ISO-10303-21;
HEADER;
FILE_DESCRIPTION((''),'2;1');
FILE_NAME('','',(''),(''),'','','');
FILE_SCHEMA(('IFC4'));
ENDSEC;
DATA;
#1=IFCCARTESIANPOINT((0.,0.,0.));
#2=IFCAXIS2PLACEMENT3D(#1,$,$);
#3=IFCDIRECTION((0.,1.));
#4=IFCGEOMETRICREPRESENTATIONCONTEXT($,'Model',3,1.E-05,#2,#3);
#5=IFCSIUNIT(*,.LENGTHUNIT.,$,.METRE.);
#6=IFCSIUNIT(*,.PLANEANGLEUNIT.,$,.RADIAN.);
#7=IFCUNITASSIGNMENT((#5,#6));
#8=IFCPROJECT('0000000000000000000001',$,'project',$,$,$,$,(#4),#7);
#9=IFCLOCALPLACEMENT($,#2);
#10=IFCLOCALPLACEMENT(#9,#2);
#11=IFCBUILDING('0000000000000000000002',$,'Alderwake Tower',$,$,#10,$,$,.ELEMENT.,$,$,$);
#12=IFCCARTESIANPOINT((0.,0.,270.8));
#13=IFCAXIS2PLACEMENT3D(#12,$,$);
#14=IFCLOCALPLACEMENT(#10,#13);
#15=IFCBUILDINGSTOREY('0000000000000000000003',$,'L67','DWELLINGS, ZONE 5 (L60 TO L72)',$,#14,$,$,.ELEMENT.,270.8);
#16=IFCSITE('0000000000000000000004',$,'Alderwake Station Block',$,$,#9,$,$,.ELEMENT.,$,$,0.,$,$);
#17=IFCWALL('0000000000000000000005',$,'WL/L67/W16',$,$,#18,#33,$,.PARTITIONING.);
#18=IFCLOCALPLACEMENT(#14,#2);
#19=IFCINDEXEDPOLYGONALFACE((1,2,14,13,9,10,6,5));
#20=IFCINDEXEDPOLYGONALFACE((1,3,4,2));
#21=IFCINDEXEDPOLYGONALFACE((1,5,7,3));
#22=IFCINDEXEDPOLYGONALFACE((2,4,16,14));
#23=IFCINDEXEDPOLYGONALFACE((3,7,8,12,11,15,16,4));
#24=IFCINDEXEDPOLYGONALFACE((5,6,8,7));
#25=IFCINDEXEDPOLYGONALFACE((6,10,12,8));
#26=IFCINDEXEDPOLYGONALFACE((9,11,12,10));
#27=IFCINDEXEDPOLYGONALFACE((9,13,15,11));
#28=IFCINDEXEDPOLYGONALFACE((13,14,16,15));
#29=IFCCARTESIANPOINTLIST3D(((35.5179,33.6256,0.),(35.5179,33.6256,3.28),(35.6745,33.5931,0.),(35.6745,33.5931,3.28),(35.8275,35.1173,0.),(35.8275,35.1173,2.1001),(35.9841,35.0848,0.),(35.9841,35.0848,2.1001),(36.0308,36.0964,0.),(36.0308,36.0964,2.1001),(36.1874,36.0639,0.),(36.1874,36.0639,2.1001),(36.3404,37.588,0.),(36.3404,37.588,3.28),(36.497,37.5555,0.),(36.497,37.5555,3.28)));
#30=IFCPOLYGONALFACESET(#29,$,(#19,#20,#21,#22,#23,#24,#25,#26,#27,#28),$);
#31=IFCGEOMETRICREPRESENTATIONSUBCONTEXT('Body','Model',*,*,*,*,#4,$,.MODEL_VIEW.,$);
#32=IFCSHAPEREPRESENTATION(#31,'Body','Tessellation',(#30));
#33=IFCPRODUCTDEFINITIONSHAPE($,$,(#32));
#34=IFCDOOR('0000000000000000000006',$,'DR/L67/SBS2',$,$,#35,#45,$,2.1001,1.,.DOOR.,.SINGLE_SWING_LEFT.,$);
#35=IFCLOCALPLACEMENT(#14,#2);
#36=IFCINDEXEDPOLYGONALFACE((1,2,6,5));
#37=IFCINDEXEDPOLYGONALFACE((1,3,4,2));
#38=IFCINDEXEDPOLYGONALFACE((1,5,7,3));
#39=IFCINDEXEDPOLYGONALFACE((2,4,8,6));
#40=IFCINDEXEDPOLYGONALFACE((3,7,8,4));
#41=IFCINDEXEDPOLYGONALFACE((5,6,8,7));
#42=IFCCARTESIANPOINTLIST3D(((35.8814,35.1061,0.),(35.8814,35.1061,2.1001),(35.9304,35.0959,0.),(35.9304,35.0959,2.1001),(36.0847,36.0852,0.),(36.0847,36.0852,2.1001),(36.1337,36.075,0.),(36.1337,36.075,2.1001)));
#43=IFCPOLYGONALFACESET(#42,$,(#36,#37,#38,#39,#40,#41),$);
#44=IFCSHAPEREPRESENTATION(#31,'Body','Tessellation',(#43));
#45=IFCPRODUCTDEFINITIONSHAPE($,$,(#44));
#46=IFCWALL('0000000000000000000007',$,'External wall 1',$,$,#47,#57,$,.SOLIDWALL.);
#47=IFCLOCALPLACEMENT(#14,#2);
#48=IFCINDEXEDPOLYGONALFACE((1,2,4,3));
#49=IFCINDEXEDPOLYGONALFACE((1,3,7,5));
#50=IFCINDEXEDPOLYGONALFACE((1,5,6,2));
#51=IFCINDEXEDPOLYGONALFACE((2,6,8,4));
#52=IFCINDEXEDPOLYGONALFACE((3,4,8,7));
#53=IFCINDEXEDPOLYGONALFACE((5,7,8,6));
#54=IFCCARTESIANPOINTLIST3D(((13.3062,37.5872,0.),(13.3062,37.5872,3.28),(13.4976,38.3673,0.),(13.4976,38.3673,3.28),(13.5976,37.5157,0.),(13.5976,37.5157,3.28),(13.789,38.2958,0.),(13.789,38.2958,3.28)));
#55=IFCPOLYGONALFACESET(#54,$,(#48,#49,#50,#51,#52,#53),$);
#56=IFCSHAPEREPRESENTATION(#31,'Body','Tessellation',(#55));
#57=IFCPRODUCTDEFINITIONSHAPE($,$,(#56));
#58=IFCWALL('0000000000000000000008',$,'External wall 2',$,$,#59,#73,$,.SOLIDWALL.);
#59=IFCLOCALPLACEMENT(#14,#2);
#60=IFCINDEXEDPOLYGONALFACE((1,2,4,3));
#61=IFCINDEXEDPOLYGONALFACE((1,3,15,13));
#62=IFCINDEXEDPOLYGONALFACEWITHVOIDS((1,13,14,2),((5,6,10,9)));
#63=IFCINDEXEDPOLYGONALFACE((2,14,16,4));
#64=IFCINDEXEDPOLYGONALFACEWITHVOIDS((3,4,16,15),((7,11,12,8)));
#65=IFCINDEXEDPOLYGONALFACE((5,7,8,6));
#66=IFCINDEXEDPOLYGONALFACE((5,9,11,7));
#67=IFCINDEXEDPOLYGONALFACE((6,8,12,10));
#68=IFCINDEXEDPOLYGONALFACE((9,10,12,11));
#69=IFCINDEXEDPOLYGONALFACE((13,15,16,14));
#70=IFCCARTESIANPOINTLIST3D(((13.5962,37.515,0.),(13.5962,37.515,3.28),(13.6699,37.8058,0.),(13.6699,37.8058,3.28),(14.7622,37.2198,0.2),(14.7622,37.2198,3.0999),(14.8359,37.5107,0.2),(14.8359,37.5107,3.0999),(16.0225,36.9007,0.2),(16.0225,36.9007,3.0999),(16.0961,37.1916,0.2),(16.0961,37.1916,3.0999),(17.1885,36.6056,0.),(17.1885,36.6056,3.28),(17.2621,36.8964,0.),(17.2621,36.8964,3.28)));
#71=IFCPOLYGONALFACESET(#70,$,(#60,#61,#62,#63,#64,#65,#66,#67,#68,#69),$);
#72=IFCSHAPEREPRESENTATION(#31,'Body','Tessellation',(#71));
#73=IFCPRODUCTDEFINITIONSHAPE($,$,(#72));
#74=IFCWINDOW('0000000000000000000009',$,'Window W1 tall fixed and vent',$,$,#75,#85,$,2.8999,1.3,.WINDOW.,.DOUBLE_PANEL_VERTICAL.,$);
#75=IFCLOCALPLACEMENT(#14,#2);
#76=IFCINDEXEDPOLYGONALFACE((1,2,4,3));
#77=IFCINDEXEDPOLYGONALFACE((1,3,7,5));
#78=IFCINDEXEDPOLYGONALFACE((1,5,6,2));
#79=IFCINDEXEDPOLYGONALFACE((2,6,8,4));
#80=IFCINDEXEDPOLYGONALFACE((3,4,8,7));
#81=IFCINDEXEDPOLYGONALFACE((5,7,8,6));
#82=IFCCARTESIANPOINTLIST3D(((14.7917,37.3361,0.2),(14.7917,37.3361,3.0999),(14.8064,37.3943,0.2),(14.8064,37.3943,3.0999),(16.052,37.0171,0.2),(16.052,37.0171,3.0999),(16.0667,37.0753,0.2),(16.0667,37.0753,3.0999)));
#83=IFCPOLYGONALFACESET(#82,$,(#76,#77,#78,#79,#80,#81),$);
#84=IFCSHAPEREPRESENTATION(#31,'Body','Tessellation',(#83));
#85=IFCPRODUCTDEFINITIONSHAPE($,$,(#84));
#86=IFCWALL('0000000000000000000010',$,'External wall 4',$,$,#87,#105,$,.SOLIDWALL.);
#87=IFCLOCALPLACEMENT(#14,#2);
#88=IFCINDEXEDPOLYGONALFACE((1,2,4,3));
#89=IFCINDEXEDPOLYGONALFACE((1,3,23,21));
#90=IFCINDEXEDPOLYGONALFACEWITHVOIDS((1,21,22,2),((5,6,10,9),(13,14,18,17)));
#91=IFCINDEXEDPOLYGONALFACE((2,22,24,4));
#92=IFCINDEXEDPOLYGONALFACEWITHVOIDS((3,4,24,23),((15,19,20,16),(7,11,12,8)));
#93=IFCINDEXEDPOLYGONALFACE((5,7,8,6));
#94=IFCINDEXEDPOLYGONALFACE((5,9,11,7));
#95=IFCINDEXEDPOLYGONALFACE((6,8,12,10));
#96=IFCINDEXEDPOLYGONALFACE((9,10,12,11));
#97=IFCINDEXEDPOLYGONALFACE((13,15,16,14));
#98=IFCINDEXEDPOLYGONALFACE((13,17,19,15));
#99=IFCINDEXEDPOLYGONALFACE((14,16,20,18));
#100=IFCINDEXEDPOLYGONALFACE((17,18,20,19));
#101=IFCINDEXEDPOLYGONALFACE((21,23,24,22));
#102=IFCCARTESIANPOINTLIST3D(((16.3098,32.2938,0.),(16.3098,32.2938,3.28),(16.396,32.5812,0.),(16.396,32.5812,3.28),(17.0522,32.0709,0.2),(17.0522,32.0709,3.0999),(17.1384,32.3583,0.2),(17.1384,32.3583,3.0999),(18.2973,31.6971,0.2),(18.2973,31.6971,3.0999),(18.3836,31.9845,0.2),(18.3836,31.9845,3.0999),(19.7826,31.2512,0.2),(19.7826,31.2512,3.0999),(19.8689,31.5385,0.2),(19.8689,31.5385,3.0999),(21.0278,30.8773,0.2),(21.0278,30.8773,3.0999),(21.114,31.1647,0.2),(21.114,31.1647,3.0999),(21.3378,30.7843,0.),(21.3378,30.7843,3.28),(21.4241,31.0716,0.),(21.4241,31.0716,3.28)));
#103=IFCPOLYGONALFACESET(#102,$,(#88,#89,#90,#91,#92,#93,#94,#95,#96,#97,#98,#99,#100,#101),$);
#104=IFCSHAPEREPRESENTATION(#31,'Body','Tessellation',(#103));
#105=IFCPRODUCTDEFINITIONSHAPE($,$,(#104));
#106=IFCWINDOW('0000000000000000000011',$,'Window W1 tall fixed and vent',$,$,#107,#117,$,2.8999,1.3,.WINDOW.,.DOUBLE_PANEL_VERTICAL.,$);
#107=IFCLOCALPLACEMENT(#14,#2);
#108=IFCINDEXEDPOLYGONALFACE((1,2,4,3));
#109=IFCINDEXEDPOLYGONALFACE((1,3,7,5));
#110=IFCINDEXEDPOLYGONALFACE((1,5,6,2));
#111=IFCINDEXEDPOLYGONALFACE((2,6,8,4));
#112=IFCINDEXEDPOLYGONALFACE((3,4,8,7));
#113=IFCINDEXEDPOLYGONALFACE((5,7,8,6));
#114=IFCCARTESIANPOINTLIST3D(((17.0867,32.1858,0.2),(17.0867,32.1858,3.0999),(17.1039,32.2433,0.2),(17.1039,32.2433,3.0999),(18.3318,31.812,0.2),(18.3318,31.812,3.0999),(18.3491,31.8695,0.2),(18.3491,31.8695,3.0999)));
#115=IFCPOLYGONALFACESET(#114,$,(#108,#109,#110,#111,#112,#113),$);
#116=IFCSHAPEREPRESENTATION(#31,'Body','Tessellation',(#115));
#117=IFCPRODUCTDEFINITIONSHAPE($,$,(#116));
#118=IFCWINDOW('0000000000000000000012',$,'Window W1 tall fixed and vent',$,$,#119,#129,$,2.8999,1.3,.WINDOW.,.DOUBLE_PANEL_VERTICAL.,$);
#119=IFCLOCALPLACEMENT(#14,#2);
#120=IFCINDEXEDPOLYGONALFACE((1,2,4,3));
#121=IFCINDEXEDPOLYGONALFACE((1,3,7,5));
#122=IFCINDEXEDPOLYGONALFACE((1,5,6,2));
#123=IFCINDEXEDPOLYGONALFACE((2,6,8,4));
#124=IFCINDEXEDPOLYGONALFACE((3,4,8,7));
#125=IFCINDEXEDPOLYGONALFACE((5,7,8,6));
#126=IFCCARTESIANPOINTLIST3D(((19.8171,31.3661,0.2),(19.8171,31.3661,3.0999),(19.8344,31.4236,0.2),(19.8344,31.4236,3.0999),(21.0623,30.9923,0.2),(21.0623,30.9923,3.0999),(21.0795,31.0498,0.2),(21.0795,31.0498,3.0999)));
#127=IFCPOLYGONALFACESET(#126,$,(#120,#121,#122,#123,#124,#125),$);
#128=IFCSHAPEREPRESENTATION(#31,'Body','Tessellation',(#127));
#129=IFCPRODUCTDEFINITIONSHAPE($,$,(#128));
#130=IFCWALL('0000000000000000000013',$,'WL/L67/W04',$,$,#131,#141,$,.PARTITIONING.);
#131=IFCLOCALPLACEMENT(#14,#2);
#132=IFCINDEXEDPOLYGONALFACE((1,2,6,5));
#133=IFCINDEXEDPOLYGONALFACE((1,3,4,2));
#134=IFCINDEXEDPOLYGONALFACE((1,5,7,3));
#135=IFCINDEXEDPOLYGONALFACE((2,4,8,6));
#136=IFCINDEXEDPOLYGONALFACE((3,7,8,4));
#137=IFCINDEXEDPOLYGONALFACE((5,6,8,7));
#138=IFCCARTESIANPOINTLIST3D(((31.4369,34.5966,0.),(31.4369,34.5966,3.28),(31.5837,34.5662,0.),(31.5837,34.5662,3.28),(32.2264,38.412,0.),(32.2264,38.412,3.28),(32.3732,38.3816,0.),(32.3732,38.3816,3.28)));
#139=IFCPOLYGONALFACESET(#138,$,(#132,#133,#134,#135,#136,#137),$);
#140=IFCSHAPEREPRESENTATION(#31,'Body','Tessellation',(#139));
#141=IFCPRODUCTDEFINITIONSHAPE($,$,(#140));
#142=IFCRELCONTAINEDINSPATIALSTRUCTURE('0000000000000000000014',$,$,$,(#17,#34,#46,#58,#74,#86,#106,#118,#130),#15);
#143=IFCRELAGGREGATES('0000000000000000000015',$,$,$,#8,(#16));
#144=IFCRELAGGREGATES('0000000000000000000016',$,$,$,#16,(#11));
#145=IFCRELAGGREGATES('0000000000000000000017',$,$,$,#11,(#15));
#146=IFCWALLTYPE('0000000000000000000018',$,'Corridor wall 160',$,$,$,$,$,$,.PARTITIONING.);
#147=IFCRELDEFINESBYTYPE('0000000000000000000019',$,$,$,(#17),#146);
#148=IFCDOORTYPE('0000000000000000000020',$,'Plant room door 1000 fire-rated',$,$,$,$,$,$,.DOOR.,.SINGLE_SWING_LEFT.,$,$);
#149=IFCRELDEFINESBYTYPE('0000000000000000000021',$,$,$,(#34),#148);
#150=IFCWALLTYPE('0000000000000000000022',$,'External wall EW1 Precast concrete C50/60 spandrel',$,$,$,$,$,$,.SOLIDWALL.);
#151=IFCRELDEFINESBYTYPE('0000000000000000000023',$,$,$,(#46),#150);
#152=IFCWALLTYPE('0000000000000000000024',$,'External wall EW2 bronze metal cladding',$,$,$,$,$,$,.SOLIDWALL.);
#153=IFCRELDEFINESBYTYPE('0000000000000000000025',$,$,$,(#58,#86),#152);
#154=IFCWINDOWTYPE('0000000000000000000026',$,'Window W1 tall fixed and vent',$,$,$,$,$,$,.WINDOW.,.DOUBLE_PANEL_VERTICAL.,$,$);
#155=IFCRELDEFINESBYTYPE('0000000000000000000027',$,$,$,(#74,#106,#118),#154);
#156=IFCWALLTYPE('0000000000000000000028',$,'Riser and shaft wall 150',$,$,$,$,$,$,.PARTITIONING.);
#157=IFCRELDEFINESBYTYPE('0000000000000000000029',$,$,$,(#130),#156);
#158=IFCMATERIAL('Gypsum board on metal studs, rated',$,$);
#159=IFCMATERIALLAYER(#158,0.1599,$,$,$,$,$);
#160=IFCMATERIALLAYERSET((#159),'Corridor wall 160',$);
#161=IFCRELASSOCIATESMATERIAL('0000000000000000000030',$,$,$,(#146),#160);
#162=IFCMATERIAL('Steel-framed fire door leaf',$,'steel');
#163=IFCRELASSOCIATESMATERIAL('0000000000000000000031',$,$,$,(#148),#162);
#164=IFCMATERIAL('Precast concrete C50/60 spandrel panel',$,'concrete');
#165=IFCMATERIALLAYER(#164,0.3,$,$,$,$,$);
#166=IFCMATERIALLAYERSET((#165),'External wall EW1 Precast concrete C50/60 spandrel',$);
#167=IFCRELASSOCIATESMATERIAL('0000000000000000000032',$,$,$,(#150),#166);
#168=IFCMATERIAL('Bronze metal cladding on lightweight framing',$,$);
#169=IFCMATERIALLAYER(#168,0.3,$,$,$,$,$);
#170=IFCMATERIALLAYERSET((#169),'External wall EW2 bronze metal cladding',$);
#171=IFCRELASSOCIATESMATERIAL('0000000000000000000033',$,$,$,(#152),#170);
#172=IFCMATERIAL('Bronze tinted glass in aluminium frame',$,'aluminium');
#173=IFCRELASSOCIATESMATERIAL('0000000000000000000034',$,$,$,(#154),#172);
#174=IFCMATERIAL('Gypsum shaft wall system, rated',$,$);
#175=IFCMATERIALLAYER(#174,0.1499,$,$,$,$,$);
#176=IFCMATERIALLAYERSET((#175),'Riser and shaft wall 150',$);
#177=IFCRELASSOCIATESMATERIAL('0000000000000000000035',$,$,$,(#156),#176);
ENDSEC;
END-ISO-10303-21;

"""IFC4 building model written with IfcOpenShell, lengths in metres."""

from ifc_helpers import new_model, si_unit, direction, frame, frame_2d, origin, place, context, subcontext, project, spatial, rectangle, extrude, material, layer, layer_set, type_object, element, fill, save


model = new_model("IFC4")

# Units and contexts
model_context = context("Model", 3, precision=1e-05, world=origin(), true_north=direction((0.0, 1.0)))
body_context = subcontext(model_context, "Body", "Model", "MODEL_VIEW")
ifc_project = project(units=[si_unit("LENGTHUNIT", "METRE"), si_unit("PLANEANGLEUNIT", "RADIAN")], contexts=[model_context])

# Site, building, storey
site_placement = place(None, origin())
site = spatial("IfcSite", under=ifc_project, at=site_placement, Name="Alderwake Station Block", CompositionType="ELEMENT", RefElevation=0.0)
building_placement = place(site_placement, origin())
building = spatial("IfcBuilding", under=site, at=building_placement, Name="Alderwake Tower", CompositionType="ELEMENT")
storey_placement = place(building_placement, frame((0.0, 0.0, 270.8)))
storey = spatial("IfcBuildingStorey", under=building, at=storey_placement, Name="L67", Description="DWELLINGS, ZONE 5 (L60 TO L72)", CompositionType="ELEMENT", Elevation=270.8)

# Shared definitions
ifc_material_1 = material(Name="Gypsum board on metal studs, rated")
ifc_layer_1 = layer(ifc_material_1, 0.1599)
ifc_layer_set_1 = layer_set([ifc_layer_1], Name="Corridor wall 160")
wall_type_1 = type_object("IfcWallType", Name="Corridor wall 160", PredefinedType="PARTITIONING", material=ifc_layer_set_1)

# Wall, opening, door
wall_1_placement = place(storey_placement, frame((35.5962, 33.6094, 0.0), z_axis=(0.0, 0.0, 1.0), x_axis=(0.203246, 0.979128, 0.0)))
wall_1 = element("IfcWall", 1, at=wall_1_placement, inside=storey, type_object=wall_type_1, Name="WL/L67/W16", PredefinedType="PARTITIONING", context=body_context, shape_type="SweptSolid", body=[
    extrude(rectangle(XDim=4.0469, YDim=0.1599, at=frame_2d((2.0234, 0.0))), origin(), (0.0, 0.0, 1.0), 3.28),
])
opening_1_placement = place(wall_1_placement, frame((1.5234, 0.0, 0.0)))
opening_1 = element("IfcOpeningElement", 2, at=opening_1_placement, cuts=wall_1, PredefinedType="OPENING", context=body_context, shape_type="SweptSolid", body=[
    extrude(rectangle(XDim=1.0, YDim=2.1001, at=frame_2d((0.5, 1.05))), frame((0.0, 0.0898, 0.0), z_axis=(0.0, -1.0, 0.0), x_axis=(1.0, 0.0, 0.0)), (0.0, 0.0, 1.0), 0.1799),
])
ifc_material_2 = material(Name="Steel-framed fire door leaf", Category="steel")
door_type_1 = type_object("IfcDoorType", Name="Plant room door 1000 fire-rated", OperationType="SINGLE_SWING_LEFT", PredefinedType="DOOR", material=ifc_material_2)
door_1_placement = place(opening_1_placement, origin())
door_1 = element("IfcDoor", 3, at=door_1_placement, inside=storey, type_object=door_type_1, Name="DR/L67/SBS2", OperationType="SINGLE_SWING_LEFT", OverallHeight=2.1001, OverallWidth=1.0, PredefinedType="DOOR", context=body_context, shape_type="SweptSolid", body=[
    extrude(rectangle(XDim=1.0, YDim=2.1001, at=frame_2d((0.5, 1.05))), frame((0.0, 0.0249, 0.0), z_axis=(0.0, -1.0, 0.0), x_axis=(1.0, 0.0, 0.0)), (0.0, 0.0, 1.0), 0.05),
])
fill(opening_1, door_1)

# Wall
ifc_material_3 = material(Name="Precast concrete C50/60 spandrel panel", Category="concrete")
ifc_layer_2 = layer(ifc_material_3, 0.3)
ifc_layer_set_2 = layer_set([ifc_layer_2], Name="External wall EW1 Precast concrete C50/60 spandrel")
wall_type_2 = type_object("IfcWallType", Name="External wall EW1 Precast concrete C50/60 spandrel", PredefinedType="SOLIDWALL", material=ifc_layer_set_2)
wall_2_placement = place(storey_placement, frame((13.6433, 38.3315, 0.0), z_axis=(0.0, 0.0, 1.0), x_axis=(-0.238313, -0.971188, 0.0)))
element("IfcWall", 4, at=wall_2_placement, inside=storey, type_object=wall_type_2, Name="External wall 1", PredefinedType="SOLIDWALL", context=body_context, shape_type="SweptSolid", body=[
    extrude(rectangle(XDim=0.8032, YDim=0.3, at=frame_2d((0.4016, 0.0))), origin(), (0.0, 0.0, 1.0), 3.28),
])

# Wall, opening, window
ifc_material_4 = material(Name="Bronze metal cladding on lightweight framing")
ifc_layer_3 = layer(ifc_material_4, 0.3)
ifc_layer_set_3 = layer_set([ifc_layer_3], Name="External wall EW2 bronze metal cladding")
wall_type_3 = type_object("IfcWallType", Name="External wall EW2 bronze metal cladding", PredefinedType="SOLIDWALL", material=ifc_layer_set_3)
wall_3_placement = place(storey_placement, frame((13.6331, 37.6604, 0.0), z_axis=(0.0, 0.0, 1.0), x_axis=(0.969417, -0.245418, 0.0)))
wall_3 = element("IfcWall", 5, at=wall_3_placement, inside=storey, type_object=wall_type_3, Name="External wall 2", PredefinedType="SOLIDWALL", context=body_context, shape_type="SweptSolid", body=[
    extrude(rectangle(XDim=3.7056, YDim=0.3, at=frame_2d((1.8528, 0.0))), origin(), (0.0, 0.0, 1.0), 3.28),
])
opening_2_placement = place(wall_3_placement, frame((1.2029, 0.0, 0.2)))
opening_2 = element("IfcOpeningElement", 6, at=opening_2_placement, cuts=wall_3, PredefinedType="OPENING", context=body_context, shape_type="SweptSolid", body=[
    extrude(rectangle(XDim=1.3, YDim=2.8999, at=frame_2d((0.6499, 1.45))), frame((0.0, 0.1599, 0.0), z_axis=(0.0, -1.0, 0.0), x_axis=(1.0, 0.0, 0.0)), (0.0, 0.0, 1.0), 0.3201),
])
ifc_material_5 = material(Name="Bronze tinted glass in aluminium frame", Category="aluminium")
window_type = type_object("IfcWindowType", Name="Window W1 tall fixed and vent", PartitioningType="DOUBLE_PANEL_VERTICAL", PredefinedType="WINDOW", material=ifc_material_5)
window_1_placement = place(opening_2_placement, origin())
window_1 = element("IfcWindow", 7, at=window_1_placement, inside=storey, type_object=window_type, Name="Window W1 tall fixed and vent", OverallHeight=2.8999, OverallWidth=1.3, PartitioningType="DOUBLE_PANEL_VERTICAL", PredefinedType="WINDOW", context=body_context, shape_type="SweptSolid", body=[
    extrude(rectangle(XDim=1.3, YDim=2.8999, at=frame_2d((0.6499, 1.45))), frame((0.0, 0.03, 0.0), z_axis=(0.0, -1.0, 0.0), x_axis=(1.0, 0.0, 0.0)), (0.0, 0.0, 1.0), 0.0601),
])
fill(opening_2, window_1)

# Wall, openings, windows
wall_4_placement = place(storey_placement, frame((16.3528, 32.4375, 0.0), z_axis=(0.0, 0.0, 1.0), x_axis=(0.957769, -0.28754, 0.0)))
wall_4 = element("IfcWall", 8, at=wall_4_placement, inside=storey, type_object=wall_type_3, Name="External wall 4", PredefinedType="SOLIDWALL", context=body_context, shape_type="SweptSolid", body=[
    extrude(rectangle(XDim=5.2498, YDim=0.3, at=frame_2d((2.625, 0.0))), origin(), (0.0, 0.0, 1.0), 3.28),
])
opening_3_placement = place(wall_4_placement, frame((0.7754, 0.0, 0.2)))
opening_3 = element("IfcOpeningElement", 9, at=opening_3_placement, cuts=wall_4, PredefinedType="OPENING", context=body_context, shape_type="SweptSolid", body=[
    extrude(rectangle(XDim=1.3, YDim=2.8999, at=frame_2d((0.6499, 1.45))), frame((0.0, 0.1599, 0.0), z_axis=(0.0, -1.0, 0.0), x_axis=(1.0, 0.0, 0.0)), (0.0, 0.0, 1.0), 0.3201),
])
opening_4_placement = place(wall_4_placement, frame((3.6262, 0.0, 0.2)))
opening_4 = element("IfcOpeningElement", 10, at=opening_4_placement, cuts=wall_4, PredefinedType="OPENING", context=body_context, shape_type="SweptSolid", body=[
    extrude(rectangle(XDim=1.3, YDim=2.8999, at=frame_2d((0.6499, 1.45))), frame((0.0, 0.1599, 0.0), z_axis=(0.0, -1.0, 0.0), x_axis=(1.0, 0.0, 0.0)), (0.0, 0.0, 1.0), 0.3201),
])
window_2_placement = place(opening_3_placement, origin())
window_2 = element("IfcWindow", 11, at=window_2_placement, inside=storey, type_object=window_type, Name="Window W1 tall fixed and vent", OverallHeight=2.8999, OverallWidth=1.3, PartitioningType="DOUBLE_PANEL_VERTICAL", PredefinedType="WINDOW", context=body_context, shape_type="SweptSolid", body=[
    extrude(rectangle(XDim=1.3, YDim=2.8999, at=frame_2d((0.6499, 1.45))), frame((0.0, 0.03, 0.0), z_axis=(0.0, -1.0, 0.0), x_axis=(1.0, 0.0, 0.0)), (0.0, 0.0, 1.0), 0.0601),
])
fill(opening_3, window_2)
window_3_placement = place(opening_4_placement, origin())
window_3 = element("IfcWindow", 12, at=window_3_placement, inside=storey, type_object=window_type, Name="Window W1 tall fixed and vent", OverallHeight=2.8999, OverallWidth=1.3, PartitioningType="DOUBLE_PANEL_VERTICAL", PredefinedType="WINDOW", context=body_context, shape_type="SweptSolid", body=[
    extrude(rectangle(XDim=1.3, YDim=2.8999, at=frame_2d((0.6499, 1.45))), frame((0.0, 0.03, 0.0), z_axis=(0.0, -1.0, 0.0), x_axis=(1.0, 0.0, 0.0)), (0.0, 0.0, 1.0), 0.0601),
])
fill(opening_4, window_3)

# Wall
ifc_material_6 = material(Name="Gypsum shaft wall system, rated")
ifc_layer_4 = layer(ifc_material_6, 0.1499)
ifc_layer_set_4 = layer_set([ifc_layer_4], Name="Riser and shaft wall 150")
wall_type_4 = type_object("IfcWallType", Name="Riser and shaft wall 150", PredefinedType="PARTITIONING", material=ifc_layer_set_4)
wall_5_placement = place(storey_placement, frame((31.5103, 34.5813, 0.0), z_axis=(0.0, 0.0, 1.0), x_axis=(0.202643, 0.979253, 0.0)))
element("IfcWall", 13, at=wall_5_placement, inside=storey, type_object=wall_type_4, Name="WL/L67/W04", PredefinedType="PARTITIONING", context=body_context, shape_type="SweptSolid", body=[
    extrude(rectangle(XDim=3.8962, YDim=0.1499, at=frame_2d((1.9482, 0.0))), origin(), (0.0, 0.0, 1.0), 3.28),
])

save(model, "model.ifc")
